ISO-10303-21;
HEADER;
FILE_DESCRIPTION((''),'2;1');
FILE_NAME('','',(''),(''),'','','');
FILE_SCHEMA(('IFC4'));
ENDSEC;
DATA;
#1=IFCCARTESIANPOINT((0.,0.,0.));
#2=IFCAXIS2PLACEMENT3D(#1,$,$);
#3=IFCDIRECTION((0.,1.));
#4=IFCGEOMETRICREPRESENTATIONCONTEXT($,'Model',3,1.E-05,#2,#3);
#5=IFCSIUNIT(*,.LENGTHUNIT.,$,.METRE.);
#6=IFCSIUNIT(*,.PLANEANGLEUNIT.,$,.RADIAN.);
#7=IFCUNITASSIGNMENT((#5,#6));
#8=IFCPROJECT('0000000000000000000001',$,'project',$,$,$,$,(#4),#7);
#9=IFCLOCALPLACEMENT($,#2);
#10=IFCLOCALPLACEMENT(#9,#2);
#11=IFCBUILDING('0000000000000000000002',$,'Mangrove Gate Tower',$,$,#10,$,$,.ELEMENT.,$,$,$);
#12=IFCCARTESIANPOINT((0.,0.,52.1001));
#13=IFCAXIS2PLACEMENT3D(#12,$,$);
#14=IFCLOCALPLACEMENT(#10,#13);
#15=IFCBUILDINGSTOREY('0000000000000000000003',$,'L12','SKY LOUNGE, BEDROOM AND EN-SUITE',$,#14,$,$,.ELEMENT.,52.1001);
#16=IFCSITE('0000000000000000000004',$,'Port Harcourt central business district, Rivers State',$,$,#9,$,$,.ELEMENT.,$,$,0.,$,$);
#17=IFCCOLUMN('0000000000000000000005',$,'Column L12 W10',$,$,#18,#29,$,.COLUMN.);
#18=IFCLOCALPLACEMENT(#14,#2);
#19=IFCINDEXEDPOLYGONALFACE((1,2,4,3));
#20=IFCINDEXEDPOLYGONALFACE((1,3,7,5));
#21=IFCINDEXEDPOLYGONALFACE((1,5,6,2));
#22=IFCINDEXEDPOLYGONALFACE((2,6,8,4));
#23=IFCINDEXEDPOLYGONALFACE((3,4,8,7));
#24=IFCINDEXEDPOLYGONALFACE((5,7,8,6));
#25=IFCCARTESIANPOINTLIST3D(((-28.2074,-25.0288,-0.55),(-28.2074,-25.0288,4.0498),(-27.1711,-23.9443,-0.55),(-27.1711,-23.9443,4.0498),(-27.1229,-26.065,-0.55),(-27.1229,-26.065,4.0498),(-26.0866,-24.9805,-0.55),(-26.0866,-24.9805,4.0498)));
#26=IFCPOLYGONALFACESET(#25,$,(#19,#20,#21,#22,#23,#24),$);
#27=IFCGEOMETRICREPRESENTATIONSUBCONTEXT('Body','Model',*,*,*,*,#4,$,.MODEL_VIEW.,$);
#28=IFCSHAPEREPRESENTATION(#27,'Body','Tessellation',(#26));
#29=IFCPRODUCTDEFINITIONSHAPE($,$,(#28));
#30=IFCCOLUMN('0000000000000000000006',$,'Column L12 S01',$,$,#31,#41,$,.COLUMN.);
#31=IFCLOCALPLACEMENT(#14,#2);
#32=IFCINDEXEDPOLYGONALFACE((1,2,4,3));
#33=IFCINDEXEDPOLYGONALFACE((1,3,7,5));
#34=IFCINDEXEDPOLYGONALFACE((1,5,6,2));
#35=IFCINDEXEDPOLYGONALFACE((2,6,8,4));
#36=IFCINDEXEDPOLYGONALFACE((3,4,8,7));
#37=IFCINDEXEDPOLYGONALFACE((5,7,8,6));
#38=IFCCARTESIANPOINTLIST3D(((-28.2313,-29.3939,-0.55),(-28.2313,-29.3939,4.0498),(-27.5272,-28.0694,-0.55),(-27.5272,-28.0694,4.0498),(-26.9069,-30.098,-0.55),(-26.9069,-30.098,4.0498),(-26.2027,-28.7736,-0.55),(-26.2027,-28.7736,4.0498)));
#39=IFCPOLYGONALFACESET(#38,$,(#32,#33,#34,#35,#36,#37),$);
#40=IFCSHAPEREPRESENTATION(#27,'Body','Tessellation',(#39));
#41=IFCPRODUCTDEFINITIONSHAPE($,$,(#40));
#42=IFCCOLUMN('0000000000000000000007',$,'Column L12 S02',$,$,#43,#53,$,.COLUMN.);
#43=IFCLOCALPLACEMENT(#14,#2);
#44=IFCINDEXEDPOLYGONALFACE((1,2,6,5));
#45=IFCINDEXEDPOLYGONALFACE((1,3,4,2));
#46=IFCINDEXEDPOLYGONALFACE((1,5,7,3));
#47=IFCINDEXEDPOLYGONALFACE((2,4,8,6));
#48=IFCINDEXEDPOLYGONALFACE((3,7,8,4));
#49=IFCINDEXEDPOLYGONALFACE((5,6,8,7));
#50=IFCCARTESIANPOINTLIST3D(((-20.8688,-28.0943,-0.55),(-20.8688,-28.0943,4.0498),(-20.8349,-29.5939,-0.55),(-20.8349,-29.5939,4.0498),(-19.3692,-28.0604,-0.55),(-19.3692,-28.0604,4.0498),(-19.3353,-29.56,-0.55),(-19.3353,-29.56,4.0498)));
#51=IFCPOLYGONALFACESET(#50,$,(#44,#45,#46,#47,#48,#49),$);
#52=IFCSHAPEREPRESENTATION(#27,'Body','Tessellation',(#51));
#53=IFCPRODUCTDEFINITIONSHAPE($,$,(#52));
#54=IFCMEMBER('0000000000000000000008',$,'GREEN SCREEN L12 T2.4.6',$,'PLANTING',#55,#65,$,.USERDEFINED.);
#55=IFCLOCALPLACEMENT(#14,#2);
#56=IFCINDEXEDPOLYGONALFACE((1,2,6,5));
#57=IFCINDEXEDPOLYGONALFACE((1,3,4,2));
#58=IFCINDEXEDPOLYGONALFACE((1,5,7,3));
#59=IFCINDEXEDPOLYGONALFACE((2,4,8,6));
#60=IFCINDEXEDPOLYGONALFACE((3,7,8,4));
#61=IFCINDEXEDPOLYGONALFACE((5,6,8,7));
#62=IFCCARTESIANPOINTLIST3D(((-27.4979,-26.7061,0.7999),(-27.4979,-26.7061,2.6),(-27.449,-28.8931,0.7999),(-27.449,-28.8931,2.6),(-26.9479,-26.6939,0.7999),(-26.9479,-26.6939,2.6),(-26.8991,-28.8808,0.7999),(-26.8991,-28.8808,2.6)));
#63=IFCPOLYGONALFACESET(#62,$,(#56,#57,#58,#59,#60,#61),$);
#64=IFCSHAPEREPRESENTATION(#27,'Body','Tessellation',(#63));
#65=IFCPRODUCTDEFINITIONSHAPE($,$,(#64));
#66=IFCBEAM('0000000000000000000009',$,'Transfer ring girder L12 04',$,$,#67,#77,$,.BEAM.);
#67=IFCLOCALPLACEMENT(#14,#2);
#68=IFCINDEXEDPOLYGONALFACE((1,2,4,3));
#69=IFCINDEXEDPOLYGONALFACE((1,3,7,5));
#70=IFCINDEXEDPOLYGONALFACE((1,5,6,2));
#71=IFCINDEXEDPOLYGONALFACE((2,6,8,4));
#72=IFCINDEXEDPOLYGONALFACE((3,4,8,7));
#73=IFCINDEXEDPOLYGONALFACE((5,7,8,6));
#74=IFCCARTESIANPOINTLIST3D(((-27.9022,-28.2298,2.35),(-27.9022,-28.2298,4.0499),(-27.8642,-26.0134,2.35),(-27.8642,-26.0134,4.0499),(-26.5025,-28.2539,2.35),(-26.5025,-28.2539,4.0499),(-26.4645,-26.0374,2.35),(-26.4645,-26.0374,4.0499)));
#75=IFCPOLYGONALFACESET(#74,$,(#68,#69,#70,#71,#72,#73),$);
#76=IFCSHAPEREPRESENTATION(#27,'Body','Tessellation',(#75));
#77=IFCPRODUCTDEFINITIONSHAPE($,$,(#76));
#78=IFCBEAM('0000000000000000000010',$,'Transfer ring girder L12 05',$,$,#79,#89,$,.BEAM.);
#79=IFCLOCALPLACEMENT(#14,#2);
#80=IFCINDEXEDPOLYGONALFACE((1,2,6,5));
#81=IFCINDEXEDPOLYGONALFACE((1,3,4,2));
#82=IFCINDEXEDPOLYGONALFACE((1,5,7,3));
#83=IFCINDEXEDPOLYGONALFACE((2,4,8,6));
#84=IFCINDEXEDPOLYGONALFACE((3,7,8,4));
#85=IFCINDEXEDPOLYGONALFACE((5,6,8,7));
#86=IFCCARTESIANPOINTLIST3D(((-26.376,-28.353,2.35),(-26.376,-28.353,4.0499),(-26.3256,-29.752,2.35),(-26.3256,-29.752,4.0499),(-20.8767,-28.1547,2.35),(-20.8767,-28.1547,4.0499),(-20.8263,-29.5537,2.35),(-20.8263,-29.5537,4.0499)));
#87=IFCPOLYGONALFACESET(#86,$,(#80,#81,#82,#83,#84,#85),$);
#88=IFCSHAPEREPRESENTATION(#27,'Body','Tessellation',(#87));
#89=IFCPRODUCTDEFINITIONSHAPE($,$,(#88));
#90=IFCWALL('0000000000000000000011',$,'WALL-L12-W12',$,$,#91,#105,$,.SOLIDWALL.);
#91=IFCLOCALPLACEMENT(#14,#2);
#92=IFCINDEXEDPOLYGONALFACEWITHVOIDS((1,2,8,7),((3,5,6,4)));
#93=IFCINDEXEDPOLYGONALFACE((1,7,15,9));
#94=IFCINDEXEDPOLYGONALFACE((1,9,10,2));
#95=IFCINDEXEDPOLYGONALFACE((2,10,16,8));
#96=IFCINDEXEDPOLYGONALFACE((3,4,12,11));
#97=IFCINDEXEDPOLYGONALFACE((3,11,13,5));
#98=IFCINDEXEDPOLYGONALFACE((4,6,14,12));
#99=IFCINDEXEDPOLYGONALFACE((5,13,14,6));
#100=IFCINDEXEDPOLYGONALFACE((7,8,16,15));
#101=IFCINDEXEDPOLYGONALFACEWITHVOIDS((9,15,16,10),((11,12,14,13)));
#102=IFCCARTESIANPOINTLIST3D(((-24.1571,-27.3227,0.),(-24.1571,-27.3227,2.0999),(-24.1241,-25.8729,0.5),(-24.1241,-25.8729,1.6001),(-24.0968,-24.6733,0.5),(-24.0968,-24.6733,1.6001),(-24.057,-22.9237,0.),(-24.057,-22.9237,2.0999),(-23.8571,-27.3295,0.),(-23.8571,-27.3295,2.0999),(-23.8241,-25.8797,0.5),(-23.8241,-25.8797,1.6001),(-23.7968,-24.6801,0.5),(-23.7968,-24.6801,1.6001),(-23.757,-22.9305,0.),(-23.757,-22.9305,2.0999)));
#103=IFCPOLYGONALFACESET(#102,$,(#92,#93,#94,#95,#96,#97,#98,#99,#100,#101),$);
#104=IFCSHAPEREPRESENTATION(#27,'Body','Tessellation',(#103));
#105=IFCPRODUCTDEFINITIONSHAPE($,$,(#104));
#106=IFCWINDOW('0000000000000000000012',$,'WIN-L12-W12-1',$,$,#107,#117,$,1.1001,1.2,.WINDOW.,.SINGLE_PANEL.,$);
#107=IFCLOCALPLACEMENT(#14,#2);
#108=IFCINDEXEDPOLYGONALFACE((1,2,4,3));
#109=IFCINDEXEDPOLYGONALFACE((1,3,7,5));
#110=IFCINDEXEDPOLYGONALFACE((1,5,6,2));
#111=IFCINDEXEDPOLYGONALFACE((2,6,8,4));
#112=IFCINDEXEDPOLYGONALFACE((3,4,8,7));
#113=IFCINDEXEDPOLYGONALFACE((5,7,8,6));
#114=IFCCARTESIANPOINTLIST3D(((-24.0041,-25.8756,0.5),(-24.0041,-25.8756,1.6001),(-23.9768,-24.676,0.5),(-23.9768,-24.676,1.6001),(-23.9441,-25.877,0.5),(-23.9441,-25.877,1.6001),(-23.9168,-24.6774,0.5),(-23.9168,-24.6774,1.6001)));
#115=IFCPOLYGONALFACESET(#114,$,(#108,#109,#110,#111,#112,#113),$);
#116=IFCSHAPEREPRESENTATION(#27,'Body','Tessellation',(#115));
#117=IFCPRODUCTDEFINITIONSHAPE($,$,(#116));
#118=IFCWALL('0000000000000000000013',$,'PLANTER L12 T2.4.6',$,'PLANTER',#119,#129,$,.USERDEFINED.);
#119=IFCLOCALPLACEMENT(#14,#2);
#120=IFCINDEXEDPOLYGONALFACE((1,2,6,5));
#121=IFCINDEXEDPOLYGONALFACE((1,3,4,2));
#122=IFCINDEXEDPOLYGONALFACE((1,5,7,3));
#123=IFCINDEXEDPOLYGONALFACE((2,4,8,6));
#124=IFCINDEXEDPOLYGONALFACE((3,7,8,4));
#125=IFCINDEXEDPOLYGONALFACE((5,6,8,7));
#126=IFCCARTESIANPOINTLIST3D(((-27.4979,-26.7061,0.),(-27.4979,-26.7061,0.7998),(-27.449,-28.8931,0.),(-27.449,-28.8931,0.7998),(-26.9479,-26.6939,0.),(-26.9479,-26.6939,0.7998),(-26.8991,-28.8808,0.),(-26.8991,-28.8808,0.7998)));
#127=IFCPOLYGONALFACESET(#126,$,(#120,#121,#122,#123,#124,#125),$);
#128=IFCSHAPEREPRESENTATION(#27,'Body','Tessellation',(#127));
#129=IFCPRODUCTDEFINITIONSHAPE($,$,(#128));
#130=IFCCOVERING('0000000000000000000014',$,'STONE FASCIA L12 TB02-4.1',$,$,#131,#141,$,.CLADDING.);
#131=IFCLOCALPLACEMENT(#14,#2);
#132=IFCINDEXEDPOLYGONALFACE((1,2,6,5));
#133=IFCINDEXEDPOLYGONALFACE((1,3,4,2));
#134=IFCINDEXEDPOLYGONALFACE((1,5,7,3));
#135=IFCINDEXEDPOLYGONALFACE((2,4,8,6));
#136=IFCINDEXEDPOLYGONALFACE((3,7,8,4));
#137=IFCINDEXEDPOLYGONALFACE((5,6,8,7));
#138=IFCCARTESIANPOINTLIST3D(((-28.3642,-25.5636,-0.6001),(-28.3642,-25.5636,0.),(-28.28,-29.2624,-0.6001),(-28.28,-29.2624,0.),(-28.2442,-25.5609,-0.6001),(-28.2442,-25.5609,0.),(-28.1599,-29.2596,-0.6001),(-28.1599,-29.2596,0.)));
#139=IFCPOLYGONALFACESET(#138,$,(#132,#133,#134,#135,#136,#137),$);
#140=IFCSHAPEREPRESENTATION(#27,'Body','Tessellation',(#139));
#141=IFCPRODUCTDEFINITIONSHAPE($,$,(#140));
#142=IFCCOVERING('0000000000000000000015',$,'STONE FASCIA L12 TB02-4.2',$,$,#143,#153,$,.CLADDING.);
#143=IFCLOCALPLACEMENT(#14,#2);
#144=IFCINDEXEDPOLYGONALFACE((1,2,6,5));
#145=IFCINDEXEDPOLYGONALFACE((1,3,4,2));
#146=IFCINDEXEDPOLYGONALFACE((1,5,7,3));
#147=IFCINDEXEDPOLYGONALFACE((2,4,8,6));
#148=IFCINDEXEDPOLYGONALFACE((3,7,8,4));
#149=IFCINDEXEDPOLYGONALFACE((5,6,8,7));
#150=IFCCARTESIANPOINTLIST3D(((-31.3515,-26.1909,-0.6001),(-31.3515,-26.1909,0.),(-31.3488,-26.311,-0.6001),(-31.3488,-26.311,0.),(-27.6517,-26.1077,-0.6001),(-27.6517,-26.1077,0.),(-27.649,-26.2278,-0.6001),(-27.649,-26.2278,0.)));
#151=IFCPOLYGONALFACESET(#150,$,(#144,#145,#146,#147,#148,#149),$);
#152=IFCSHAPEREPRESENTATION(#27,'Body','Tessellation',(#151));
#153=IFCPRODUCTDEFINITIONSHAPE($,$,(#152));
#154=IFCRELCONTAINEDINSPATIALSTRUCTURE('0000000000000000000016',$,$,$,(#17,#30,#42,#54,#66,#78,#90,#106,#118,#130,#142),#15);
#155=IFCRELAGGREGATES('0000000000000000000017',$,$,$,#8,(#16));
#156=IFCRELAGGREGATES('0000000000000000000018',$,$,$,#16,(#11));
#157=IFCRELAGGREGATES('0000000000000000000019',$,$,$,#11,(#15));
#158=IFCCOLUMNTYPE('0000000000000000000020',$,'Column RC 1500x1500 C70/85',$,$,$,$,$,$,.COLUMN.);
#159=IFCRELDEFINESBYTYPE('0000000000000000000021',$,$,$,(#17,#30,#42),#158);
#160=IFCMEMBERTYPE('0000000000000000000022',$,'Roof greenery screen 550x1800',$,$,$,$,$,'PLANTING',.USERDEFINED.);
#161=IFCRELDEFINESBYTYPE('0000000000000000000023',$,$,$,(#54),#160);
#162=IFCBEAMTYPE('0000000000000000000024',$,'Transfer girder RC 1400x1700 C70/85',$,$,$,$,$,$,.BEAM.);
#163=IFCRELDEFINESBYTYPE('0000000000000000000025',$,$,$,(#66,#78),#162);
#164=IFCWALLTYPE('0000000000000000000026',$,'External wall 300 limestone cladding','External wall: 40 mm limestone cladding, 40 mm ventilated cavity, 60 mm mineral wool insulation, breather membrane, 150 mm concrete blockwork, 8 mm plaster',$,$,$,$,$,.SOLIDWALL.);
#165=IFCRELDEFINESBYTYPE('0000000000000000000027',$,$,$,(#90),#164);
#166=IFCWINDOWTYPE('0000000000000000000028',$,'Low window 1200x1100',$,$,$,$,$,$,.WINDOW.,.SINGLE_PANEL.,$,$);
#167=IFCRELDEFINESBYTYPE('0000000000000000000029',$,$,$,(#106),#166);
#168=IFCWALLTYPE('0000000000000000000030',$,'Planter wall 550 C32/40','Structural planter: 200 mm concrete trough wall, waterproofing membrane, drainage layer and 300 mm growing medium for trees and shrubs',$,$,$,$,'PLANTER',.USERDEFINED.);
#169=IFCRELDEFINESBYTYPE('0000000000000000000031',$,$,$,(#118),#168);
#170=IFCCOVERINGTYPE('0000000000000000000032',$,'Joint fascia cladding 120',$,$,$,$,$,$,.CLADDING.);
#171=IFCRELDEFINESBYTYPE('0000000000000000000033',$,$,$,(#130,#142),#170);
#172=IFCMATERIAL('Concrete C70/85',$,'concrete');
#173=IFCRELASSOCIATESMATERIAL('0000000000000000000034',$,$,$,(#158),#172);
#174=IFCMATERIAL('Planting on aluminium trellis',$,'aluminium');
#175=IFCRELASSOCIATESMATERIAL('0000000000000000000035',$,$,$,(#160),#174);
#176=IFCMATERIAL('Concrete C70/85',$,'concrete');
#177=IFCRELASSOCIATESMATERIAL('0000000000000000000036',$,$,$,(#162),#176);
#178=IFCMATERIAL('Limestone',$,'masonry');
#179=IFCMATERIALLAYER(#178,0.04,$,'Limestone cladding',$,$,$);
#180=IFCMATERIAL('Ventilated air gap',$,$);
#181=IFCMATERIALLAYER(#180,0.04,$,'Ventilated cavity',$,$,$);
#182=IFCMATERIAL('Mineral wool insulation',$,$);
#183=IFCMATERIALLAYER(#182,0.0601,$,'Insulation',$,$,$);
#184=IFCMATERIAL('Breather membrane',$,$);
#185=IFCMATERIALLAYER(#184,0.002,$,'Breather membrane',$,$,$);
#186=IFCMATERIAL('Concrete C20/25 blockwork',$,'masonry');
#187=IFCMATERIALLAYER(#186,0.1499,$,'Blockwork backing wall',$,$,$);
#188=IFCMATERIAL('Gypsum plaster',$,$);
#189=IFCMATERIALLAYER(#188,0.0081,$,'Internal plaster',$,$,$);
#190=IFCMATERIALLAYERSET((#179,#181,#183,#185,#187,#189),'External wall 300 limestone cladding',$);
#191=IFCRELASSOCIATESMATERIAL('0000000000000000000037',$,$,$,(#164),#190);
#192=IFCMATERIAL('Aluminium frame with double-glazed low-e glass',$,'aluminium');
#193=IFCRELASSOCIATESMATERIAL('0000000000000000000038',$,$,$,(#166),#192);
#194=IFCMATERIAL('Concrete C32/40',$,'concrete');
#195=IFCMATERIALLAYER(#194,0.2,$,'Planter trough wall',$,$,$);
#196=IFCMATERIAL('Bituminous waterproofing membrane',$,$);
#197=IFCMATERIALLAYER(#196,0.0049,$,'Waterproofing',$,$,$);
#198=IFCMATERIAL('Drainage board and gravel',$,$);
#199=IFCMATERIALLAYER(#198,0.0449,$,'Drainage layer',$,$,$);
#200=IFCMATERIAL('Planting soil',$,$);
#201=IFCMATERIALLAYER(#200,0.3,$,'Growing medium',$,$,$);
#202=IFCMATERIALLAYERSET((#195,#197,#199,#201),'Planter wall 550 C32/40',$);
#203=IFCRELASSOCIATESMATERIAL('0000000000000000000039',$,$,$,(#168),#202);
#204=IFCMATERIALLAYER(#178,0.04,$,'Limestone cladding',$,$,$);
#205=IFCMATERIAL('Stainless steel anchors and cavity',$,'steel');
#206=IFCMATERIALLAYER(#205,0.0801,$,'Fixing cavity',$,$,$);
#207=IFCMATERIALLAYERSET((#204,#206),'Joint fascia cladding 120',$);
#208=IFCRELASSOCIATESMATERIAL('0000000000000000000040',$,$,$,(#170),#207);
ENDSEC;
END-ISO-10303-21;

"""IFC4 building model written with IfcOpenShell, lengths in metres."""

from ifc_helpers import new_model, si_unit, direction, frame, frame_2d, origin, origin_2d, place, context, subcontext, project, spatial, rectangle, extrude, material, layer, layer_set, material_profile, profile_set, type_object, element, fill, save


model = new_model("IFC4")

# Units and contexts
model_context = context("Model", 3, precision=1e-05, world=origin(), true_north=direction((0.0, 1.0)))
body_context = subcontext(model_context, "Body", "Model", "MODEL_VIEW")
ifc_project = project(units=[si_unit("LENGTHUNIT", "METRE"), si_unit("PLANEANGLEUNIT", "RADIAN")], contexts=[model_context])

# Site, building, storey
site_placement = place(None, origin())
site = spatial("IfcSite", under=ifc_project, at=site_placement, Name="Port Harcourt central business district, Rivers State", CompositionType="ELEMENT", RefElevation=0.0)
building_placement = place(site_placement, origin())
building = spatial("IfcBuilding", under=site, at=building_placement, Name="Mangrove Gate Tower", CompositionType="ELEMENT")
storey_placement = place(building_placement, frame((0.0, 0.0, 52.1001)))
storey = spatial("IfcBuildingStorey", under=building, at=storey_placement, Name="L12", Description="SKY LOUNGE, BEDROOM AND EN-SUITE", CompositionType="ELEMENT", Elevation=52.1001)

# Columns
ifc_material_1 = material(Name="Concrete C70/85", Category="concrete")
ifc_material_profile_1 = material_profile(ifc_material_1, rectangle(XDim=1.5, YDim=1.5, at=origin_2d()))
ifc_profile_set_1 = profile_set([ifc_material_profile_1], Name="Concrete C70/85")
column_type = type_object("IfcColumnType", Name="Column RC 1500x1500 C70/85", PredefinedType="COLUMN", material=ifc_profile_set_1)
for number, where, z_axis, x_axis, name in (
    (1, (-27.147, -25.0046, -0.55), (0.0, 0.0, 1.0), (0.723004, -0.690844, 0.0), "Column L12 W10"),
    (2, (-27.217, -29.0837, -0.55), (0.0, 0.0, 1.0), (0.882965, -0.469439, 0.0), "Column L12 S01"),
    (3, (-20.1021, -28.8271, -0.55), (0.0, 0.0, 1.0), (0.999744, 0.022644, 0.0), "Column L12 S02"),
):
    element("IfcColumn", number, at=place(storey_placement, frame(where, z_axis=z_axis, x_axis=x_axis)), inside=storey, type_object=column_type, Name=name, PredefinedType="COLUMN", context=body_context, shape_type="SweptSolid", body=[
        extrude(rectangle(XDim=1.5, YDim=1.5, at=origin_2d()), origin(), (0.0, 0.0, 1.0), 4.5999),
    ])

# Member
ifc_material_2 = material(Name="Planting on aluminium trellis", Category="aluminium")
ifc_material_profile_2 = material_profile(ifc_material_2, rectangle(XDim=0.55, YDim=1.8, at=origin_2d()))
ifc_profile_set_2 = profile_set([ifc_material_profile_2], Name="Planting on aluminium trellis")
member_type = type_object("IfcMemberType", Name="Roof greenery screen 550x1800", ElementType="PLANTING", PredefinedType="USERDEFINED", material=ifc_profile_set_2)
member_placement = place(storey_placement, frame((-27.1741, -28.887, 1.7), z_axis=(-0.022321, 0.999751, 0.0), x_axis=(-0.999751, -0.022321, 0.0)))
element("IfcMember", 4, at=member_placement, inside=storey, type_object=member_type, Name="GREEN SCREEN L12 T2.4.6", ObjectType="PLANTING", PredefinedType="USERDEFINED", context=body_context, shape_type="SweptSolid", body=[
    extrude(rectangle(XDim=0.55, YDim=1.8, at=origin_2d()), origin(), (0.0, 0.0, 1.0), 2.1875),
])

# Beams
ifc_material_3 = material(Name="Concrete C70/85", Category="concrete")
ifc_material_profile_3 = material_profile(ifc_material_3, rectangle(XDim=1.3999, YDim=1.7, at=origin_2d()))
ifc_profile_set_3 = profile_set([ifc_material_profile_3], Name="Concrete C70/85")
beam_type = type_object("IfcBeamType", Name="Transfer girder RC 1400x1700 C70/85", PredefinedType="BEAM", material=ifc_profile_set_3)
beam_1_placement = place(storey_placement, frame((-27.1643, -26.0254, 3.2), z_axis=(-0.01718, -0.999852, 0.0), x_axis=(0.999852, -0.01718, 0.0)))
element("IfcBeam", 5, at=beam_1_placement, inside=storey, type_object=beam_type, Name="Transfer ring girder L12 04", PredefinedType="BEAM", context=body_context, shape_type="SweptSolid", body=[
    extrude(rectangle(XDim=1.3999, YDim=1.7, at=origin_2d()), origin(), (0.0, 0.0, 1.0), 2.2168),
])
beam_2_placement = place(storey_placement, frame((-26.3508, -29.0525, 3.2), z_axis=(0.999351, 0.036025, 0.0), x_axis=(-0.036025, 0.999351, 0.0)))
element("IfcBeam", 6, at=beam_2_placement, inside=storey, type_object=beam_type, Name="Transfer ring girder L12 05", PredefinedType="BEAM", context=body_context, shape_type="SweptSolid", body=[
    extrude(rectangle(XDim=1.3999, YDim=1.7, at=origin_2d()), origin(), (0.0, 0.0, 1.0), 5.5029),
])

# Wall, opening, window
ifc_material_4 = material(Name="Limestone", Category="masonry")
ifc_layer_1 = layer(ifc_material_4, 0.04, Name="Limestone cladding")
ifc_material_5 = material(Name="Ventilated air gap")
ifc_layer_2 = layer(ifc_material_5, 0.04, Name="Ventilated cavity")
ifc_material_6 = material(Name="Mineral wool insulation")
ifc_layer_3 = layer(ifc_material_6, 0.0601, Name="Insulation")
ifc_material_7 = material(Name="Breather membrane")
ifc_layer_4 = layer(ifc_material_7, 0.002, Name="Breather membrane")
ifc_material_8 = material(Name="Concrete C20/25 blockwork", Category="masonry")
ifc_layer_5 = layer(ifc_material_8, 0.1499, Name="Blockwork backing wall")
ifc_material_9 = material(Name="Gypsum plaster")
ifc_layer_6 = layer(ifc_material_9, 0.0081, Name="Internal plaster")
ifc_layer_set_1 = layer_set([ifc_layer_1, ifc_layer_2, ifc_layer_3, ifc_layer_4, ifc_layer_5, ifc_layer_6], Name="External wall 300 limestone cladding")
wall_type_1 = type_object("IfcWallType", Name="External wall 300 limestone cladding", Description="External wall: 40 mm limestone cladding, 40 mm ventilated cavity, 60 mm mineral wool insulation, breather membrane, 150 mm concrete blockwork, 8 mm plaster", PredefinedType="SOLIDWALL", material=ifc_layer_set_1)
wall_1_placement = place(storey_placement, frame((-23.907, -22.927, 0.0), z_axis=(0.0, 0.0, 1.0), x_axis=(-0.022749, -0.999741, 0.0)))
wall_1 = element("IfcWall", 7, at=wall_1_placement, inside=storey, type_object=wall_type_1, Name="WALL-L12-W12", PredefinedType="SOLIDWALL", context=body_context, shape_type="SweptSolid", body=[
    extrude(rectangle(XDim=4.4001, YDim=0.3, at=frame_2d((2.2002, 0.0))), origin(), (0.0, 0.0, 1.0), 2.0999),
])
opening_1_placement = place(wall_1_placement, frame((1.75, 0.0, 0.5)))
opening_1 = element("IfcOpeningElement", 8, at=opening_1_placement, cuts=wall_1, PredefinedType="OPENING", context=body_context, shape_type="SweptSolid", body=[
    extrude(rectangle(XDim=1.2, YDim=1.1001, at=frame_2d((0.6001, 0.55))), frame((0.0, 0.1599, 0.0), z_axis=(0.0, -1.0, 0.0), x_axis=(1.0, 0.0, 0.0)), (0.0, 0.0, 1.0), 0.3201),
])
ifc_material_10 = material(Name="Aluminium frame with double-glazed low-e glass", Category="aluminium")
window_type = type_object("IfcWindowType", Name="Low window 1200x1100", PartitioningType="SINGLE_PANEL", PredefinedType="WINDOW", material=ifc_material_10)
window_1_placement = place(opening_1_placement, origin())
window_1 = element("IfcWindow", 9, at=window_1_placement, inside=storey, type_object=window_type, Name="WIN-L12-W12-1", OverallHeight=1.1001, OverallWidth=1.2, PartitioningType="SINGLE_PANEL", PredefinedType="WINDOW", context=body_context, shape_type="SweptSolid", body=[
    extrude(rectangle(XDim=1.2, YDim=1.1001, at=frame_2d((0.6001, 0.55))), frame((0.0, 0.03, 0.0), z_axis=(0.0, -1.0, 0.0), x_axis=(1.0, 0.0, 0.0)), (0.0, 0.0, 1.0), 0.0601),
])
fill(opening_1, window_1)

# Wall
ifc_material_11 = material(Name="Concrete C32/40", Category="concrete")
ifc_layer_7 = layer(ifc_material_11, 0.2, Name="Planter trough wall")
ifc_material_12 = material(Name="Bituminous waterproofing membrane")
ifc_layer_8 = layer(ifc_material_12, 0.0049, Name="Waterproofing")
ifc_material_13 = material(Name="Drainage board and gravel")
ifc_layer_9 = layer(ifc_material_13, 0.0449, Name="Drainage layer")
ifc_material_14 = material(Name="Planting soil")
ifc_layer_10 = layer(ifc_material_14, 0.3, Name="Growing medium")
ifc_layer_set_2 = layer_set([ifc_layer_7, ifc_layer_8, ifc_layer_9, ifc_layer_10], Name="Planter wall 550 C32/40")
wall_type_2 = type_object("IfcWallType", Name="Planter wall 550 C32/40", Description="Structural planter: 200 mm concrete trough wall, waterproofing membrane, drainage layer and 300 mm growing medium for trees and shrubs", ElementType="PLANTER", PredefinedType="USERDEFINED", material=ifc_layer_set_2)
wall_2_placement = place(storey_placement, frame((-27.1741, -28.887, 0.0), z_axis=(0.0, 0.0, 1.0), x_axis=(-0.022321, 0.999751, 0.0)))
element("IfcWall", 10, at=wall_2_placement, inside=storey, type_object=wall_type_2, Name="PLANTER L12 T2.4.6", ObjectType="PLANTER", PredefinedType="USERDEFINED", context=body_context, shape_type="SweptSolid", body=[
    extrude(rectangle(XDim=2.1875, YDim=0.55, at=frame_2d((1.0938, 0.0))), origin(), (0.0, 0.0, 1.0), 0.7998),
])

# Coverings
ifc_layer_11 = layer(ifc_material_4, 0.04, Name="Limestone cladding")
ifc_material_15 = material(Name="Stainless steel anchors and cavity", Category="steel")
ifc_layer_12 = layer(ifc_material_15, 0.0801, Name="Fixing cavity")
ifc_layer_set_3 = layer_set([ifc_layer_11, ifc_layer_12], Name="Joint fascia cladding 120")
covering_type = type_object("IfcCoveringType", Name="Joint fascia cladding 120", PredefinedType="CLADDING", material=ifc_layer_set_3)
covering_1_placement = place(storey_placement, frame((-28.22, -29.261, -0.6001), z_axis=(0.0, 0.0, 1.0), x_axis=(-0.022766, 0.999741, 0.0)))
element("IfcCovering", 11, at=covering_1_placement, inside=storey, type_object=covering_type, Name="STONE FASCIA L12 TB02-4.1", PredefinedType="CLADDING", context=body_context, shape_type="SweptSolid", body=[
    extrude(rectangle(XDim=3.6997, YDim=0.1201, at=frame_2d((1.8499, 0.0))), origin(), (0.0, 0.0, 1.0), 0.6001),
])
covering_2_placement = place(storey_placement, frame((-27.6504, -26.1677, -0.6001), z_axis=(0.0, 0.0, 1.0), x_axis=(-0.999747, -0.022497, 0.0)))
element("IfcCovering", 12, at=covering_2_placement, inside=storey, type_object=covering_type, Name="STONE FASCIA L12 TB02-4.2", PredefinedType="CLADDING", context=body_context, shape_type="SweptSolid", body=[
    extrude(rectangle(XDim=3.7007, YDim=0.1201, at=frame_2d((1.8503, 0.0))), origin(), (0.0, 0.0, 1.0), 0.6001),
])

save(model, "model.ifc")
